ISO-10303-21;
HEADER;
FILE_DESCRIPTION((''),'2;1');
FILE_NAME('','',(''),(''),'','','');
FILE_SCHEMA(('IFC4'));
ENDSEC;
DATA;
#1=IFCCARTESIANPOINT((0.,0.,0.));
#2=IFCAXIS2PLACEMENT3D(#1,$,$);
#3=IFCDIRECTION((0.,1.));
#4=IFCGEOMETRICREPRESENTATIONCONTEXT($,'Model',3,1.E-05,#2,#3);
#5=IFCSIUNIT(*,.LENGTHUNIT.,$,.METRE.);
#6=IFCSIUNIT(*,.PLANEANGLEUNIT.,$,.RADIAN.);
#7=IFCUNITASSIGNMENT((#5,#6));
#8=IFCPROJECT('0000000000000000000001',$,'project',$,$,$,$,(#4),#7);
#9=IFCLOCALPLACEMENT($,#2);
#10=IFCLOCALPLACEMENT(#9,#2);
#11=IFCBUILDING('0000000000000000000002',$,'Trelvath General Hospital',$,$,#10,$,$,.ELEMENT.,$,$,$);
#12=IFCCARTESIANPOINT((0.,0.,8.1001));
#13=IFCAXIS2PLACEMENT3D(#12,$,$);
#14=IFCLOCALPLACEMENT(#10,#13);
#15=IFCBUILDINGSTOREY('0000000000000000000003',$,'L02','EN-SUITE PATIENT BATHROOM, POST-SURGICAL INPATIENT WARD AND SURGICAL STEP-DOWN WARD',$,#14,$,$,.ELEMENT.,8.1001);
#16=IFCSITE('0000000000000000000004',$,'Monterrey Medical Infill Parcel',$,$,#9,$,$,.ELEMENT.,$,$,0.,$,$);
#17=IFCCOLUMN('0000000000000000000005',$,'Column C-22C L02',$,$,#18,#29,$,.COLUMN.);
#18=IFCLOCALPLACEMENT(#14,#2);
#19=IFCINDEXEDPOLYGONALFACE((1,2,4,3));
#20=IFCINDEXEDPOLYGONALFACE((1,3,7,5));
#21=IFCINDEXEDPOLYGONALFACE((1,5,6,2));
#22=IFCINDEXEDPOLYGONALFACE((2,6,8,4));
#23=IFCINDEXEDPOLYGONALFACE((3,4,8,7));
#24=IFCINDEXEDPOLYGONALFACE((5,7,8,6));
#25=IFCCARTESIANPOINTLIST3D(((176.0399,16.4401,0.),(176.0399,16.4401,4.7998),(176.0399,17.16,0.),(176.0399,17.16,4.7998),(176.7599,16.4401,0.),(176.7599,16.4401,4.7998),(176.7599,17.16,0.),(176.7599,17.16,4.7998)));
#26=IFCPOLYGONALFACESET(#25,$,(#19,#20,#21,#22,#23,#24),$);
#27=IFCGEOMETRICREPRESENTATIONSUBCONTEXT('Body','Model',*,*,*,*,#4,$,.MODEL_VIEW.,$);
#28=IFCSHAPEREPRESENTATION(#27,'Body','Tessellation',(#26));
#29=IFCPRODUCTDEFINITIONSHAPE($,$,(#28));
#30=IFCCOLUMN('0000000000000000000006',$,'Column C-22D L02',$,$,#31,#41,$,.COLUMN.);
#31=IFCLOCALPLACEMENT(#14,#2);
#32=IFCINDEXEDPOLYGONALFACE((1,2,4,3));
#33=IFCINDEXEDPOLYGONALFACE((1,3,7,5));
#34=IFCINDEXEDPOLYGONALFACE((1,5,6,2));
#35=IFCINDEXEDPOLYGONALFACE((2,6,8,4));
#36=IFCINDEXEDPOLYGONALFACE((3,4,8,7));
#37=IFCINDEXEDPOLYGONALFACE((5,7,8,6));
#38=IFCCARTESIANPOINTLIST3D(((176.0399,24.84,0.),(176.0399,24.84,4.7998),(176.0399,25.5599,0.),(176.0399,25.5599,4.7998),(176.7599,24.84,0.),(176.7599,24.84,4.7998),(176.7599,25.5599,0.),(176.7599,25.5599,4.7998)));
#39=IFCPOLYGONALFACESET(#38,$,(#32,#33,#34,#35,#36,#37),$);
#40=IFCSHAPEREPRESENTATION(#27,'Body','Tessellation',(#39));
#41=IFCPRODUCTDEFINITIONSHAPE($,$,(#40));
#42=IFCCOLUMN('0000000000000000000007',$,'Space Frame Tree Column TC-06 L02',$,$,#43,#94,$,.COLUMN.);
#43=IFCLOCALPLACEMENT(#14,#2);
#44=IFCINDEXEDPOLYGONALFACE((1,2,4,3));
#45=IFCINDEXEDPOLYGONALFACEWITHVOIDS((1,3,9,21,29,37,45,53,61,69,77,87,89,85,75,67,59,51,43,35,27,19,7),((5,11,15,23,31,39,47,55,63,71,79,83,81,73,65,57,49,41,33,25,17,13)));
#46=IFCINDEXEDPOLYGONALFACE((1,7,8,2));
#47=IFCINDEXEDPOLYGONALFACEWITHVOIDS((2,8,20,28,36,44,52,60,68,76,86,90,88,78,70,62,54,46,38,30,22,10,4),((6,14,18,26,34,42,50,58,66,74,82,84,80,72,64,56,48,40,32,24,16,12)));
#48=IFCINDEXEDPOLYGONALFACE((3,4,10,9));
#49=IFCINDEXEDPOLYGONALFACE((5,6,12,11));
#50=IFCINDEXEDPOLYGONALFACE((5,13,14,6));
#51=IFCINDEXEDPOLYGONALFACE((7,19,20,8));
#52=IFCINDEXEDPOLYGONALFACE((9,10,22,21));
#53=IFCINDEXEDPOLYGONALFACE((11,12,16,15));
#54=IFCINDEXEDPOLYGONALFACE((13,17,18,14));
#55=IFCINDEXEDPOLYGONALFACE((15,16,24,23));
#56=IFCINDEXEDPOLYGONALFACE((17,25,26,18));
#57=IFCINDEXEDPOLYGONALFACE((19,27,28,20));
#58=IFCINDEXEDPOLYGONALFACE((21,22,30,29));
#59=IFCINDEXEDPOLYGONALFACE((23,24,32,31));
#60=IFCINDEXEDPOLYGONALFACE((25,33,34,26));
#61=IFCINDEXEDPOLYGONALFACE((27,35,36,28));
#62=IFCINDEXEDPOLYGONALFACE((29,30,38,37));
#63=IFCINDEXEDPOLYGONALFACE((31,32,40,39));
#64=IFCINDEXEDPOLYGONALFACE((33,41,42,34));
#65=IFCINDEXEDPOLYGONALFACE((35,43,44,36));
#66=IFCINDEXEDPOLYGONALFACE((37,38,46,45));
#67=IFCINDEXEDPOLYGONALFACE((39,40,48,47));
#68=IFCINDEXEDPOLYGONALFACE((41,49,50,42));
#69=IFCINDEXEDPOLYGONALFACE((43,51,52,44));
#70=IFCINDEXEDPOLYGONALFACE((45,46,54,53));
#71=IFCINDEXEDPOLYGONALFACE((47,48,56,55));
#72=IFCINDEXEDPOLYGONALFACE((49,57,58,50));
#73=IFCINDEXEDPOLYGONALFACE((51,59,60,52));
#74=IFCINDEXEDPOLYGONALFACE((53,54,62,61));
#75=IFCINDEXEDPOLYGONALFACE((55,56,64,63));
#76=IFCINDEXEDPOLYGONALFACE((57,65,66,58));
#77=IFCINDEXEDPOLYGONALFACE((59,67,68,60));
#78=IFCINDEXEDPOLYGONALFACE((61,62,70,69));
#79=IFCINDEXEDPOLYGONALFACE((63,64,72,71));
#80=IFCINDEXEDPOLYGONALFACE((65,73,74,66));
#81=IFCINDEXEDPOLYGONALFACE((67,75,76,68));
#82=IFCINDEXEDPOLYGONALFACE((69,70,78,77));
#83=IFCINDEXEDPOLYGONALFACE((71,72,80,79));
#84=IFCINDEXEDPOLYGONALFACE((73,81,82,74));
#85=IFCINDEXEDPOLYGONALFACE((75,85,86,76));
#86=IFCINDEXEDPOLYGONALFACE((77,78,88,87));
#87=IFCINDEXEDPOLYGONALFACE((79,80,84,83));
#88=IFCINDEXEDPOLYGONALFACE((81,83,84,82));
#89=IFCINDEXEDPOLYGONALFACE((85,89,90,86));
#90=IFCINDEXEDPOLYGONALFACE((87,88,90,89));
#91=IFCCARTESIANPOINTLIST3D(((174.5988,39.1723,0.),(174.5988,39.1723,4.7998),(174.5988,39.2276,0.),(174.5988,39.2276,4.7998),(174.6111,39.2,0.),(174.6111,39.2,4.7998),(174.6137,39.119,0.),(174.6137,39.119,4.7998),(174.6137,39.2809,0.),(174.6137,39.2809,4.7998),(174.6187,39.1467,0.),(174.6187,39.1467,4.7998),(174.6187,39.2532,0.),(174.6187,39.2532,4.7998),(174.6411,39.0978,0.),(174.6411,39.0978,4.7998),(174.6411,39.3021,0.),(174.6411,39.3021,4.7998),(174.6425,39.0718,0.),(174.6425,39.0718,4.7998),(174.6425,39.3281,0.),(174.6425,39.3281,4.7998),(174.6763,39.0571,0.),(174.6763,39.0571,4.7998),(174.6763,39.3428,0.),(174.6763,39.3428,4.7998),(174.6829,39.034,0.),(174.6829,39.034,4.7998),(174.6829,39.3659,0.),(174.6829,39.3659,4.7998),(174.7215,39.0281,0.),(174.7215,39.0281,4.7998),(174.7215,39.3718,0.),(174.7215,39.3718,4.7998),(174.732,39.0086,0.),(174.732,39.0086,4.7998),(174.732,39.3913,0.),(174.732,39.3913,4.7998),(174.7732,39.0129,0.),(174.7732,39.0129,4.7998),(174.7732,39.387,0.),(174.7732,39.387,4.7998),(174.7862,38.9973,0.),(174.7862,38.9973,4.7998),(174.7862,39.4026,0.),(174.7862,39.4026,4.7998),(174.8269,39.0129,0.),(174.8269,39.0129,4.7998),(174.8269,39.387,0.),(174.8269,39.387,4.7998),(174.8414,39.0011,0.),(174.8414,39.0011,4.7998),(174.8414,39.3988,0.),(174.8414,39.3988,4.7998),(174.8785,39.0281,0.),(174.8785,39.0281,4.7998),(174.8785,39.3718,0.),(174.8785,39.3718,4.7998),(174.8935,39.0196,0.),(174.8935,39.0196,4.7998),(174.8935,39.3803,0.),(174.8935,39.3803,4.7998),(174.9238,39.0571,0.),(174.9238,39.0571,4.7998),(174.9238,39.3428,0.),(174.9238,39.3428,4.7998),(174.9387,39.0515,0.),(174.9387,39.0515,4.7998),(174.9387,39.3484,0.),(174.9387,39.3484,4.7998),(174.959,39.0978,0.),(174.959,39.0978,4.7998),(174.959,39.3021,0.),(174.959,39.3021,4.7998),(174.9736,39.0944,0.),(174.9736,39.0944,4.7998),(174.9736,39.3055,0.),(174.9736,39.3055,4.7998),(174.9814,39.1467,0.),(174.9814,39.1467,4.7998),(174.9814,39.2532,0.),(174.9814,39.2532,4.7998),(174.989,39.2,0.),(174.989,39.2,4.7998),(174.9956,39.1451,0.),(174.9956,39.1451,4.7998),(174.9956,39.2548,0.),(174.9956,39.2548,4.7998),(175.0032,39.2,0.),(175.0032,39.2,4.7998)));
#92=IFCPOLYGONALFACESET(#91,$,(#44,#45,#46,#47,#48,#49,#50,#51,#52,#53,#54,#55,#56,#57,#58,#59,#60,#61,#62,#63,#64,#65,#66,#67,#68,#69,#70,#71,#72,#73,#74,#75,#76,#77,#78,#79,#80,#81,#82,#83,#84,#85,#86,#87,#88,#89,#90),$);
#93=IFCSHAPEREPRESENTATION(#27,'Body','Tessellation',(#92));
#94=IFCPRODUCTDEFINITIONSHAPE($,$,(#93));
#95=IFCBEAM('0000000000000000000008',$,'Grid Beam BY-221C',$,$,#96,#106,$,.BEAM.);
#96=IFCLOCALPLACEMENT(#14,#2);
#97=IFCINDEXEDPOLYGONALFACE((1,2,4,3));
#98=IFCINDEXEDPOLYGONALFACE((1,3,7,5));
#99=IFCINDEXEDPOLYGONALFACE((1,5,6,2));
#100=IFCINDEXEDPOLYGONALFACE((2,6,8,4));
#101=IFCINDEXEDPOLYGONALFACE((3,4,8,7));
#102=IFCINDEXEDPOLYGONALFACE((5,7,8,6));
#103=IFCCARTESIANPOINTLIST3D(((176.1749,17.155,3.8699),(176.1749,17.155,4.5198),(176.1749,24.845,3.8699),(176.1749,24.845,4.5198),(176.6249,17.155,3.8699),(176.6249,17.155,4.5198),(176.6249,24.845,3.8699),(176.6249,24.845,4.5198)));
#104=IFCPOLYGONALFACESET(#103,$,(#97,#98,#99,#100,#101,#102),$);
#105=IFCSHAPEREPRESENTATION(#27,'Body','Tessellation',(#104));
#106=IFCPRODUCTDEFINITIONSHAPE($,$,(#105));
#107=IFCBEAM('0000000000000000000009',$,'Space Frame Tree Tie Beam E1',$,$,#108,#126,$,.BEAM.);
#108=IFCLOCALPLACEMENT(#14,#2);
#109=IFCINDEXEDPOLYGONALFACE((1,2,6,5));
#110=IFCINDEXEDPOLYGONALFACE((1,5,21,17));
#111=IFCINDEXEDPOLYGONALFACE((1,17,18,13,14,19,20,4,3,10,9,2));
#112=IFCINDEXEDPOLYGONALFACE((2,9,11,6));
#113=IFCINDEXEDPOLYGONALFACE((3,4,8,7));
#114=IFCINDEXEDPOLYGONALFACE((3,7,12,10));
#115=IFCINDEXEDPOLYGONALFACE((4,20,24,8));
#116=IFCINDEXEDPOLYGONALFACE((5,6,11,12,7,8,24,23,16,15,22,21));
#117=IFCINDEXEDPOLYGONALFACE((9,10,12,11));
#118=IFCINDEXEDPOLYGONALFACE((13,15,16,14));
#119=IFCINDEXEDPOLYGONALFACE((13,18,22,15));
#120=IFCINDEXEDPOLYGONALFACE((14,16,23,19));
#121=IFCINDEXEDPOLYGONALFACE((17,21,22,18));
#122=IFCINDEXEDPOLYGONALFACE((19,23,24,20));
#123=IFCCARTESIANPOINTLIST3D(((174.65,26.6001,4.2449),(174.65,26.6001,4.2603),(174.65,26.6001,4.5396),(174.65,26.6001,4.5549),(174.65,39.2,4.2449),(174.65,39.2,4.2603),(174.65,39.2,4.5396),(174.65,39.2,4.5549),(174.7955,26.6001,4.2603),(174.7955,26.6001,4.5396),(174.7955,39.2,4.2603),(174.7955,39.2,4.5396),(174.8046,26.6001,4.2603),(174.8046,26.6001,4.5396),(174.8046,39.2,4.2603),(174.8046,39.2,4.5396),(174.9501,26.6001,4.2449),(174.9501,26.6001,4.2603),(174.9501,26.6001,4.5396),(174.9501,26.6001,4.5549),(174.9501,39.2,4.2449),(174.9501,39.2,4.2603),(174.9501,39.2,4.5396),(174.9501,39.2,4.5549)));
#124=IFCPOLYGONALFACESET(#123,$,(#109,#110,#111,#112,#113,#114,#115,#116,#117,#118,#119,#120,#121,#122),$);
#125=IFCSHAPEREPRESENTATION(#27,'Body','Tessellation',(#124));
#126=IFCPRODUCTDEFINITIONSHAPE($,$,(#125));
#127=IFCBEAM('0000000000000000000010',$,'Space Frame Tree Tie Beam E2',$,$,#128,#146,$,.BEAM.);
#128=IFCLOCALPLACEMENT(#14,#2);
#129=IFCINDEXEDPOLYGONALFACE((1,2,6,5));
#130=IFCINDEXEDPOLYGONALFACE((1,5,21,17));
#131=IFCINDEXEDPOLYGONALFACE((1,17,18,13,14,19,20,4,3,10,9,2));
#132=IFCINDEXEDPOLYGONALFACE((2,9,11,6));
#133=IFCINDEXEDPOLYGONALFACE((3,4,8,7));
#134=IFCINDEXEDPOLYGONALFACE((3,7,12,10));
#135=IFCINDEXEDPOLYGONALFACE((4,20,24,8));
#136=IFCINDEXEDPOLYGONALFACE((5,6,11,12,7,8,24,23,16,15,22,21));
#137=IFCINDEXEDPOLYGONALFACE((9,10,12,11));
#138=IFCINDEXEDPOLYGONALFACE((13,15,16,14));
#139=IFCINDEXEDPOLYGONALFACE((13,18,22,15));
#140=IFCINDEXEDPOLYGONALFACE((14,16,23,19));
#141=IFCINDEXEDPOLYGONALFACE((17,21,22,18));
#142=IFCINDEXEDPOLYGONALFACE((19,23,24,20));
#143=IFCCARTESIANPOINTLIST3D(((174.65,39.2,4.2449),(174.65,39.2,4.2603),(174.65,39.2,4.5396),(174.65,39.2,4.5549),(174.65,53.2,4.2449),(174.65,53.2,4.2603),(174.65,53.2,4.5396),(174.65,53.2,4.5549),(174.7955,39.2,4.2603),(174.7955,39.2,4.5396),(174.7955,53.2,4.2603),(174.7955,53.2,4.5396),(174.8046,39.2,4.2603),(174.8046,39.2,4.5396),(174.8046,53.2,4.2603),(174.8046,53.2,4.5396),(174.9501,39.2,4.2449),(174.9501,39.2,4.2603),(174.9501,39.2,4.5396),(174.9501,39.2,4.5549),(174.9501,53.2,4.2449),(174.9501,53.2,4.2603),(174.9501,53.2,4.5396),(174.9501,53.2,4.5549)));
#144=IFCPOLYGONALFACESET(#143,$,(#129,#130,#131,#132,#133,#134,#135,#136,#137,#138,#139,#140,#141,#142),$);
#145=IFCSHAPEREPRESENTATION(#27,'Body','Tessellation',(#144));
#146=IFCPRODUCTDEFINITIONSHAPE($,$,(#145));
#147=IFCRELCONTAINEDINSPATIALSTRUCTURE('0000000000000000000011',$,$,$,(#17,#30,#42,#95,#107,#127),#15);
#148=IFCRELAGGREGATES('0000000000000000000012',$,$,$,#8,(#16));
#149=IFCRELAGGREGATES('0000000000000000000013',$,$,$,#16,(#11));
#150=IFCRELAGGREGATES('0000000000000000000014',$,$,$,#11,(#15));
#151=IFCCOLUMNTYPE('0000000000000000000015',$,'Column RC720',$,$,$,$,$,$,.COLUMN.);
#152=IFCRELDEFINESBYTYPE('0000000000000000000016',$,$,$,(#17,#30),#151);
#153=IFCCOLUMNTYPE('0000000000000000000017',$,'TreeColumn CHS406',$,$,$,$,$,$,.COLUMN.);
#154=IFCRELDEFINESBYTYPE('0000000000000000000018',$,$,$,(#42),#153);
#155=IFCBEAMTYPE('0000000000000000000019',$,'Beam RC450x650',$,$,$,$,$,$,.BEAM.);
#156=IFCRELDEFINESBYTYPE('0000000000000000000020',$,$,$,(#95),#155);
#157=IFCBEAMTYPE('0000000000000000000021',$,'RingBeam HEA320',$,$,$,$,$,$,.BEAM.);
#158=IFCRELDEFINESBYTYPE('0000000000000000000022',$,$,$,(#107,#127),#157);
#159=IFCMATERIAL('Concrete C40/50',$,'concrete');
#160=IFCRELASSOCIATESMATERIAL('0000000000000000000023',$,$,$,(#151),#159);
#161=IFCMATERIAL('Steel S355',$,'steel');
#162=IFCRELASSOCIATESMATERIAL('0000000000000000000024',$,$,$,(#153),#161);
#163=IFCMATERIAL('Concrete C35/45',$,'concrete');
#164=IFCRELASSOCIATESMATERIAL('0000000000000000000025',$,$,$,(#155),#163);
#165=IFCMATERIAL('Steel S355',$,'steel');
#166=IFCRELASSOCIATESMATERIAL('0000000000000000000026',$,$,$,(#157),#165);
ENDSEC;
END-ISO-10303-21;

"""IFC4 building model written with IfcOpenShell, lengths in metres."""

from ifc_helpers import new_model, si_unit, direction, frame, origin, origin_2d, place, context, subcontext, project, spatial, rectangle, hollow_circle, i_section, extrude, material, material_profile, profile_set, type_object, element, save


model = new_model("IFC4")

# Units and contexts
model_context = context("Model", 3, precision=1e-05, world=origin(), true_north=direction((0.0, 1.0)))
body_context = subcontext(model_context, "Body", "Model", "MODEL_VIEW")
ifc_project = project(units=[si_unit("LENGTHUNIT", "METRE"), si_unit("PLANEANGLEUNIT", "RADIAN")], contexts=[model_context])

# Site, building, storey
site_placement = place(None, origin())
site = spatial("IfcSite", under=ifc_project, at=site_placement, Name="Monterrey Medical Infill Parcel", CompositionType="ELEMENT", RefElevation=0.0)
building_placement = place(site_placement, origin())
building = spatial("IfcBuilding", under=site, at=building_placement, Name="Trelvath General Hospital", CompositionType="ELEMENT")
storey_placement = place(building_placement, frame((0.0, 0.0, 8.1001)))
storey = spatial("IfcBuildingStorey", under=building, at=storey_placement, Name="L02", Description="EN-SUITE PATIENT BATHROOM, POST-SURGICAL INPATIENT WARD AND SURGICAL STEP-DOWN WARD", CompositionType="ELEMENT", Elevation=8.1001)

# Columns
ifc_material_1 = material(Name="Concrete C40/50", Category="concrete")
ifc_material_profile_1 = material_profile(ifc_material_1, rectangle(XDim=0.72, YDim=0.72, at=origin_2d()), Name="RC720x720")
ifc_profile_set_1 = profile_set([ifc_material_profile_1], Name="Concrete C40/50")
column_type_1 = type_object("IfcColumnType", Name="Column RC720", PredefinedType="COLUMN", material=ifc_profile_set_1)
for number, where, z_axis, x_axis, name in (
    (1, (176.3999, 16.8, 0.0), (0.0, 0.0, 1.0), (1.0, 0.0, 0.0), "Column C-22C L02"),
    (2, (176.3999, 25.2, 0.0), (0.0, 0.0, 1.0), (1.0, 0.0, 0.0), "Column C-22D L02"),
):
    element("IfcColumn", number, at=place(storey_placement, frame(where, z_axis=z_axis, x_axis=x_axis)), inside=storey, type_object=column_type_1, Name=name, PredefinedType="COLUMN", context=body_context, shape_type="SweptSolid", body=[
        extrude(rectangle(XDim=0.72, YDim=0.72, at=origin_2d()), origin(), (0.0, 0.0, 1.0), 4.7998),
    ])
ifc_material_2 = material(Name="Steel S355", Category="steel")
ifc_material_profile_2 = material_profile(ifc_material_2, hollow_circle(Radius=0.2031, WallThickness=0.0142, at=origin_2d()), Name="CHS406.4x14.2")
ifc_profile_set_2 = profile_set([ifc_material_profile_2], Name="Steel S355")
column_type_2 = type_object("IfcColumnType", Name="TreeColumn CHS406", PredefinedType="COLUMN", material=ifc_profile_set_2)
column_placement = place(storey_placement, frame((174.8, 39.2, 0.0), z_axis=(0.0, 0.0, 1.0), x_axis=(1.0, 0.0, 0.0)))
element("IfcColumn", 3, at=column_placement, inside=storey, type_object=column_type_2, Name="Space Frame Tree Column TC-06 L02", PredefinedType="COLUMN", context=body_context, shape_type="SweptSolid", body=[
    extrude(hollow_circle(Radius=0.2031, WallThickness=0.0142, at=origin_2d()), origin(), (0.0, 0.0, 1.0), 4.7998),
])

# Beams
ifc_material_3 = material(Name="Concrete C35/45", Category="concrete")
ifc_material_profile_3 = material_profile(ifc_material_3, rectangle(XDim=0.45, YDim=0.6499, at=origin_2d()), Name="RCB450x650")
ifc_profile_set_3 = profile_set([ifc_material_profile_3], Name="Concrete C35/45")
beam_type_1 = type_object("IfcBeamType", Name="Beam RC450x650", PredefinedType="BEAM", material=ifc_profile_set_3)
beam_1_placement = place(storey_placement, frame((176.3999, 17.155, 4.1948), z_axis=(0.0, 1.0, 0.0), x_axis=(-1.0, 0.0, 0.0)))
element("IfcBeam", 4, at=beam_1_placement, inside=storey, type_object=beam_type_1, Name="Grid Beam BY-221C", PredefinedType="BEAM", context=body_context, shape_type="SweptSolid", body=[
    extrude(rectangle(XDim=0.45, YDim=0.6499, at=origin_2d()), origin(), (0.0, 0.0, 1.0), 7.6899),
])
ifc_material_4 = material(Name="Steel S355", Category="steel")
ifc_material_profile_4 = material_profile(ifc_material_4, i_section(OverallWidth=0.3, OverallDepth=0.3101, WebThickness=0.009, FlangeThickness=0.0154, at=origin_2d()), Name="HEA320")
ifc_profile_set_4 = profile_set([ifc_material_profile_4], Name="Steel S355")
beam_type_2 = type_object("IfcBeamType", Name="RingBeam HEA320", PredefinedType="BEAM", material=ifc_profile_set_4)
beam_2_placement = place(storey_placement, frame((174.8, 26.6001, 4.3999), z_axis=(0.0, 1.0, 0.0), x_axis=(-1.0, 0.0, 0.0)))
element("IfcBeam", 5, at=beam_2_placement, inside=storey, type_object=beam_type_2, Name="Space Frame Tree Tie Beam E1", PredefinedType="BEAM", context=body_context, shape_type="SweptSolid", body=[
    extrude(i_section(OverallWidth=0.3, OverallDepth=0.3101, WebThickness=0.009, FlangeThickness=0.0154, at=origin_2d()), origin(), (0.0, 0.0, 1.0), 12.5999),
])
beam_3_placement = place(storey_placement, frame((174.8, 39.2, 4.3999), z_axis=(0.0, 1.0, 0.0), x_axis=(-1.0, 0.0, 0.0)))
element("IfcBeam", 6, at=beam_3_placement, inside=storey, type_object=beam_type_2, Name="Space Frame Tree Tie Beam E2", PredefinedType="BEAM", context=body_context, shape_type="SweptSolid", body=[
    extrude(i_section(OverallWidth=0.3, OverallDepth=0.3101, WebThickness=0.009, FlangeThickness=0.0154, at=origin_2d()), origin(), (0.0, 0.0, 1.0), 14.0),
])

save(model, "model.ifc")
